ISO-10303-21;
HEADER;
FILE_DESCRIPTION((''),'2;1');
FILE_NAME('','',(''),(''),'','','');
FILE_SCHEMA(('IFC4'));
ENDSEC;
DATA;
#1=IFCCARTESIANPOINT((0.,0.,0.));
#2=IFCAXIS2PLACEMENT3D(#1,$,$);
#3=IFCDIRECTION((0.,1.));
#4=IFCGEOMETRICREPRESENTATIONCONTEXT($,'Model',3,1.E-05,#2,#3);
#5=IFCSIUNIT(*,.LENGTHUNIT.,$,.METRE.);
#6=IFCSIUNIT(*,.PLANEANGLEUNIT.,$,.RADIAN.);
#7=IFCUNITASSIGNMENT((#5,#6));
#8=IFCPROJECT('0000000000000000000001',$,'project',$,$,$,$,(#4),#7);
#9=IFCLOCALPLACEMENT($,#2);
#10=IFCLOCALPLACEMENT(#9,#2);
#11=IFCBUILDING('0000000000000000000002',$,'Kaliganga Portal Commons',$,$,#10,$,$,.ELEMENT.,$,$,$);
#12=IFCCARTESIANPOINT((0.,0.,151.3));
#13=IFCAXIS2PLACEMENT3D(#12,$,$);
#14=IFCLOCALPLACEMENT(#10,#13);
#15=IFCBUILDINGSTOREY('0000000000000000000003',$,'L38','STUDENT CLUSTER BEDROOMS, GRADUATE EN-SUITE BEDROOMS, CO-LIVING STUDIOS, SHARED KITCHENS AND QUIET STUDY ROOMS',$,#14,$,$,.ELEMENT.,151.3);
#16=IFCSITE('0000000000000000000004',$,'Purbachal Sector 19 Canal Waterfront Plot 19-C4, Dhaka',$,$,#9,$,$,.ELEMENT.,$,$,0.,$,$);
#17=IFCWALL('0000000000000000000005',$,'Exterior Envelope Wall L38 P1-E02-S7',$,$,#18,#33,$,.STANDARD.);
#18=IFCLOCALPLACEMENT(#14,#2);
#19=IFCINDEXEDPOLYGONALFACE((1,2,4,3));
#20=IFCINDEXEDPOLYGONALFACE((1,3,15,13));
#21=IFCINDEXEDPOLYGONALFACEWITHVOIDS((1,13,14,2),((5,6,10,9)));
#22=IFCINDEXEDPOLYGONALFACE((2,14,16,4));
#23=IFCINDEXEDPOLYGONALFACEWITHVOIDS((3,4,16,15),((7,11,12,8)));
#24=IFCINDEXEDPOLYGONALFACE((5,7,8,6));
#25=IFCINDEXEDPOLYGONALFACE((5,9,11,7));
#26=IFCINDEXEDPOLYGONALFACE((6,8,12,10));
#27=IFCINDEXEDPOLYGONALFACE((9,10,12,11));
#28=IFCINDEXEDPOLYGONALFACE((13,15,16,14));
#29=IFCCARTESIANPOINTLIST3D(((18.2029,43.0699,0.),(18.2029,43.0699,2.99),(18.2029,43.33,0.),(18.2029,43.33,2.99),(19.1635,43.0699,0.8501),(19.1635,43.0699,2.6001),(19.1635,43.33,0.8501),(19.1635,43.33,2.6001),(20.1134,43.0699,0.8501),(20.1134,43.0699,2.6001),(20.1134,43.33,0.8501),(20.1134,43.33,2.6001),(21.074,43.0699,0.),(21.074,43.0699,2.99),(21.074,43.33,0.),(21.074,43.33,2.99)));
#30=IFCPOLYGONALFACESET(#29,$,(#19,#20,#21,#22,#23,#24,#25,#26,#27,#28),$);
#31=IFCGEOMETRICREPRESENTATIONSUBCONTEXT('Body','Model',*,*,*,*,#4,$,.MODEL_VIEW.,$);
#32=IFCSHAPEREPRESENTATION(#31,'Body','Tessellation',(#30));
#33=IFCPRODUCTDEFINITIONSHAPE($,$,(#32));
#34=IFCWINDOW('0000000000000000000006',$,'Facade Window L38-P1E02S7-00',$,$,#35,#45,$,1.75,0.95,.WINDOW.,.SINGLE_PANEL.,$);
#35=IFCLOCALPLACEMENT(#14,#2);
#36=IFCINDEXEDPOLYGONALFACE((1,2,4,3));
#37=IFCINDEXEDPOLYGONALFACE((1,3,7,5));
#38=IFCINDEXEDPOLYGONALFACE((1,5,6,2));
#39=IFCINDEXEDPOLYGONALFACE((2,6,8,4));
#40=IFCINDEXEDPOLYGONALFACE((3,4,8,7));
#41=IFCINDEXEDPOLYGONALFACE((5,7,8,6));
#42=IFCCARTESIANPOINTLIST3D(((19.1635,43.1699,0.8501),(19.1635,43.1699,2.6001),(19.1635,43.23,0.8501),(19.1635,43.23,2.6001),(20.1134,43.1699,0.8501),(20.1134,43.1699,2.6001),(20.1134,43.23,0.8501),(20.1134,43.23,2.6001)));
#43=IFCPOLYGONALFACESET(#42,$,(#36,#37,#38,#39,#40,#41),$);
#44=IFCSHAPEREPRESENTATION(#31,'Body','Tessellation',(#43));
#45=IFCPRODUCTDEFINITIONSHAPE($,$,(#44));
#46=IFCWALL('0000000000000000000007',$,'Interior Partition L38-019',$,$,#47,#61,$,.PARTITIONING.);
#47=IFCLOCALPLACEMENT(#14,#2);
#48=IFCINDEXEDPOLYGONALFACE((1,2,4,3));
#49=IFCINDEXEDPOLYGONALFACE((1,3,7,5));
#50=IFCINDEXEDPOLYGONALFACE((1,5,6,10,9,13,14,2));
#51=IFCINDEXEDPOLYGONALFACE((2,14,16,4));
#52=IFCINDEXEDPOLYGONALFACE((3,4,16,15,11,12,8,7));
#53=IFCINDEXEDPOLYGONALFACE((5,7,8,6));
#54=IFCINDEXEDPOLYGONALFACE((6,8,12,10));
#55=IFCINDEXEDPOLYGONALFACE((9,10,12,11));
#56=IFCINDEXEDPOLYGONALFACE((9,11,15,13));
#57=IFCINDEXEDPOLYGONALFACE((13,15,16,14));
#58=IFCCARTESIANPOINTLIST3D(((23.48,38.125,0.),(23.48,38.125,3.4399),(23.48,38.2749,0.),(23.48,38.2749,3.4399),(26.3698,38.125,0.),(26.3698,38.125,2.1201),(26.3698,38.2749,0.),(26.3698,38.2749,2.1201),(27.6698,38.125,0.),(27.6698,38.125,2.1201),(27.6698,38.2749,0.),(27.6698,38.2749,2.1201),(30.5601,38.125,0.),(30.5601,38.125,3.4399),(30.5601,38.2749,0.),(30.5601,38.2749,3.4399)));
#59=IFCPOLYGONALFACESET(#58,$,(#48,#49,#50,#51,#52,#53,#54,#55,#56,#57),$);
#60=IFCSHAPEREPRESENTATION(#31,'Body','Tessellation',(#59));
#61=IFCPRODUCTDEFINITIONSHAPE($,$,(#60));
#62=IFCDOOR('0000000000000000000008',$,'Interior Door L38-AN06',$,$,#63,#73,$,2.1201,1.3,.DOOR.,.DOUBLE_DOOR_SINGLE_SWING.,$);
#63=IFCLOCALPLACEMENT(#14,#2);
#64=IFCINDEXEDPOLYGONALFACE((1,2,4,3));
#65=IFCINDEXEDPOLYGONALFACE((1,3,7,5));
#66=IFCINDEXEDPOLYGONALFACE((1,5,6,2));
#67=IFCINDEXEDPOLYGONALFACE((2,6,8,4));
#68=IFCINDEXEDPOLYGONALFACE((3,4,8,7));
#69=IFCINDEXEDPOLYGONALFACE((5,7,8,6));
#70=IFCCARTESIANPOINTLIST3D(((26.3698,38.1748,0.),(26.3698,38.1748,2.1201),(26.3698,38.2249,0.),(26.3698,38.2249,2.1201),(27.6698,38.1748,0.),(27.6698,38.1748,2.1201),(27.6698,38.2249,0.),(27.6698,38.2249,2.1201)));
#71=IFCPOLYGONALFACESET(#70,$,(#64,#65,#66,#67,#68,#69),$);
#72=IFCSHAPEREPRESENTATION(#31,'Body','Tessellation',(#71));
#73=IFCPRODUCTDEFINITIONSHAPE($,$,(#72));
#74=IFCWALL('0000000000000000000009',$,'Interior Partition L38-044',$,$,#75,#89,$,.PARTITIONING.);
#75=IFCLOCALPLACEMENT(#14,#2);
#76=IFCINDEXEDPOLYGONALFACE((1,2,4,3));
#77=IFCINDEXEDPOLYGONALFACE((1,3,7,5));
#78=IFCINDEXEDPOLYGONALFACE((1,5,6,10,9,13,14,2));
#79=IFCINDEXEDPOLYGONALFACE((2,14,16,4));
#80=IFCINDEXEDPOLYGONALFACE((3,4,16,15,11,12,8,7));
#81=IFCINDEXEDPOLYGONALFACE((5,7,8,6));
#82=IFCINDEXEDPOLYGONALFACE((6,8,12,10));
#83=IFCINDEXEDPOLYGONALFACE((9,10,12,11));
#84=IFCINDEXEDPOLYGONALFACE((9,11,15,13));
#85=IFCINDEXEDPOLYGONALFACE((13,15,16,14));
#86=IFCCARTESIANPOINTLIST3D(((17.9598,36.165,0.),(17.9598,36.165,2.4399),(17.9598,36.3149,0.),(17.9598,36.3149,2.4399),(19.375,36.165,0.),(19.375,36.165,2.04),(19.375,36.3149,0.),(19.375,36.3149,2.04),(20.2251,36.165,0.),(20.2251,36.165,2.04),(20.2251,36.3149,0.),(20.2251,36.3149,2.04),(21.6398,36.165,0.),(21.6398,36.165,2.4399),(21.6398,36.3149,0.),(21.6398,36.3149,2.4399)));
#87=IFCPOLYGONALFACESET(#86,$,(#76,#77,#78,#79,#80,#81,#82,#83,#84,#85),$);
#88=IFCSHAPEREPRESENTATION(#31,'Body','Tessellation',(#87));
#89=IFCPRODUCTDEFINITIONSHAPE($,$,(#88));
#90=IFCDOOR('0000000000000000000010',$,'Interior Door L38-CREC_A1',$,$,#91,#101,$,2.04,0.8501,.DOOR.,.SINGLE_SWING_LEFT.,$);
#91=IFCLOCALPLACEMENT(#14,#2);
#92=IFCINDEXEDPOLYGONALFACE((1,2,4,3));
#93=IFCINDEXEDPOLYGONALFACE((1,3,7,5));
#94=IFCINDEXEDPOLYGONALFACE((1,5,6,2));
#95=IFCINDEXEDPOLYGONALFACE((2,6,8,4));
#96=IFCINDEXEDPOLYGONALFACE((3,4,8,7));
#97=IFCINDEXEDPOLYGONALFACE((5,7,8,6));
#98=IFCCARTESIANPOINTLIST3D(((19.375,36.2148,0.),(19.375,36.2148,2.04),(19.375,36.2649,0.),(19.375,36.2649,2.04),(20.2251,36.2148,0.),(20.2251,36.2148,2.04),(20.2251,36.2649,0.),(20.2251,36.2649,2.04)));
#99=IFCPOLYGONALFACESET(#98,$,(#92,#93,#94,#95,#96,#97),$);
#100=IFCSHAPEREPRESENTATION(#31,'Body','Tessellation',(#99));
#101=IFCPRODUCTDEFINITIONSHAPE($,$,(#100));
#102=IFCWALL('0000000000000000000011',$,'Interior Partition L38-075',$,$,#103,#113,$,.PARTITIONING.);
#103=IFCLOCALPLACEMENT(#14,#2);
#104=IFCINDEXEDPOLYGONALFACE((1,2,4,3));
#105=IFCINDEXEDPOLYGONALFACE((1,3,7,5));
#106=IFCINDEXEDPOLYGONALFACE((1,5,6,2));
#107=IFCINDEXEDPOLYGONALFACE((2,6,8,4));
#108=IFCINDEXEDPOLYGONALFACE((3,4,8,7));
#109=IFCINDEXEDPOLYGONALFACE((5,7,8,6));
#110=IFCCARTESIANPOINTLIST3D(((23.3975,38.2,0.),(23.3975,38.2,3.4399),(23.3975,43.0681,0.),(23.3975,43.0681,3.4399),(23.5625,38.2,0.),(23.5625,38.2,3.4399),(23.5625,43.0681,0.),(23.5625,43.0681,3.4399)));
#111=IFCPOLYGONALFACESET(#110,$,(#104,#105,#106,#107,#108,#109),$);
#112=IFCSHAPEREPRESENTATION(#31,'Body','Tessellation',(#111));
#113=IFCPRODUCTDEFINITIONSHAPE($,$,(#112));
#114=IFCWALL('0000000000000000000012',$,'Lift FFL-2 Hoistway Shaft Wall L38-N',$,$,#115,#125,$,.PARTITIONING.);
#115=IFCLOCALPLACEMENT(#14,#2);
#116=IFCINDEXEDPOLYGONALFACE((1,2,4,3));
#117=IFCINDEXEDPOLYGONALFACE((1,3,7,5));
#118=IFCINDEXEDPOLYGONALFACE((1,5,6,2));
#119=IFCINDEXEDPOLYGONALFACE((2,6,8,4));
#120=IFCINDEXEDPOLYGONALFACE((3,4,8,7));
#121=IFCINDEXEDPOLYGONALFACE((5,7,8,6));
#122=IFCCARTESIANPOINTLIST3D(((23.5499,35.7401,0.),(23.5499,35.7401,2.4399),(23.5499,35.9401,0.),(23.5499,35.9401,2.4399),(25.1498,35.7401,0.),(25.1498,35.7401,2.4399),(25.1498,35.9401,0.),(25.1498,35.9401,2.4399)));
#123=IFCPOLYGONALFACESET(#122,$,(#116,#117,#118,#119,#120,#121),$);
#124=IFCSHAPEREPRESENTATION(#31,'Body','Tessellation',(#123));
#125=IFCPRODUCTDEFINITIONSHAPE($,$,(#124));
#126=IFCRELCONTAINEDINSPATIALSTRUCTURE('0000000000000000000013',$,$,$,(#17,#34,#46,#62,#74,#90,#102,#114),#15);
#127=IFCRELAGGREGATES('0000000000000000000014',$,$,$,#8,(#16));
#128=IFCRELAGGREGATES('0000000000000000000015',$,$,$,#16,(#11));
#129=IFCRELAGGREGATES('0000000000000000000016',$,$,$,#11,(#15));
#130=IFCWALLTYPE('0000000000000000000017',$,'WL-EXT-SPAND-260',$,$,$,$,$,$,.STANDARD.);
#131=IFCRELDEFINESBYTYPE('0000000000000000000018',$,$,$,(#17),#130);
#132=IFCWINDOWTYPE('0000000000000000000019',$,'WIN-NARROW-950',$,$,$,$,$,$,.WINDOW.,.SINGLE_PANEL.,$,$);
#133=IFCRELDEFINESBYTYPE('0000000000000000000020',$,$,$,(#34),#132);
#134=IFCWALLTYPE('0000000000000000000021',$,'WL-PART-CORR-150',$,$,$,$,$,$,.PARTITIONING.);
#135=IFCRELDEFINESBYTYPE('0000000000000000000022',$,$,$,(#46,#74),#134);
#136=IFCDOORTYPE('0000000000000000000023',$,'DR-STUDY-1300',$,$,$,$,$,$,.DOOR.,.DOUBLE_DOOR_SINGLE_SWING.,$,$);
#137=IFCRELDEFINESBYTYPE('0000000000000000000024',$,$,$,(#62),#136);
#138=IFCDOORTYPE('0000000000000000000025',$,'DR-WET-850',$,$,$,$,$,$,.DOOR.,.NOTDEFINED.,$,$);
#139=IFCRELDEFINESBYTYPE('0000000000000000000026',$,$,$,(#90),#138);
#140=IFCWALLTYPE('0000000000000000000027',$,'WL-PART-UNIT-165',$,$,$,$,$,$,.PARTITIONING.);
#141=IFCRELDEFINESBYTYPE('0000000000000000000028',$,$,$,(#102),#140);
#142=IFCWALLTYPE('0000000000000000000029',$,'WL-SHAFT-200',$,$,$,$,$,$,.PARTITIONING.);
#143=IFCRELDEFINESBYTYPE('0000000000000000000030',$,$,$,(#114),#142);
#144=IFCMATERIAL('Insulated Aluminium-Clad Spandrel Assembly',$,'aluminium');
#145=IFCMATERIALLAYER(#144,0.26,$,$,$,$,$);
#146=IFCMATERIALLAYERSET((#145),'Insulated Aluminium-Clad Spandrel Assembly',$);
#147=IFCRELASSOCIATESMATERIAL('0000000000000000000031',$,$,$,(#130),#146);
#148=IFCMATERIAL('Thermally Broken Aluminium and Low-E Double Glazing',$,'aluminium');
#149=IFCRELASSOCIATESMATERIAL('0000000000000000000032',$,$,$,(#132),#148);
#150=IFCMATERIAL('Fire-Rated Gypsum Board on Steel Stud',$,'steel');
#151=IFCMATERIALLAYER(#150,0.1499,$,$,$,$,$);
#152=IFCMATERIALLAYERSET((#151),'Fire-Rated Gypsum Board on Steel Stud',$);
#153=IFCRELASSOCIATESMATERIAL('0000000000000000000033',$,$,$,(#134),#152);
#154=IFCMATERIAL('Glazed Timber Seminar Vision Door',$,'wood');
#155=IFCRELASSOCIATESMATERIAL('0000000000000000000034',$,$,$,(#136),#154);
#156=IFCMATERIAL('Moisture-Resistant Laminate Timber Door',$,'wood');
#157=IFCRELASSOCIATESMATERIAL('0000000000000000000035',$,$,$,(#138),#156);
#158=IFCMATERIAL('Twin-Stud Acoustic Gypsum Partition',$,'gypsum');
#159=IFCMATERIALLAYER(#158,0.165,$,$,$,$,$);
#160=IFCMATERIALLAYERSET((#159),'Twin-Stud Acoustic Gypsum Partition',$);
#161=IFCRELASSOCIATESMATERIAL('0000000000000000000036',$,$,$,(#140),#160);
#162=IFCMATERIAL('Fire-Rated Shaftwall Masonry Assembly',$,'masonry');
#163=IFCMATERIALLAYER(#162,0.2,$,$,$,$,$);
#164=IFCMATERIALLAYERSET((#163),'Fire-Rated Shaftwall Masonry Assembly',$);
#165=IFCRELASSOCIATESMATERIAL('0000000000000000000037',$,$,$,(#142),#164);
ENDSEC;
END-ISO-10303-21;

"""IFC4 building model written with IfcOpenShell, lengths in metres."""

from ifc_helpers import new_model, si_unit, direction, frame, frame_2d, origin, place, context, subcontext, project, spatial, rectangle, extrude, material, layer, layer_set, type_object, element, fill, save


model = new_model("IFC4")

# Units and contexts
model_context = context("Model", 3, precision=1e-05, world=origin(), true_north=direction((0.0, 1.0)))
body_context = subcontext(model_context, "Body", "Model", "MODEL_VIEW")
ifc_project = project(units=[si_unit("LENGTHUNIT", "METRE"), si_unit("PLANEANGLEUNIT", "RADIAN")], contexts=[model_context])

# Site, building, storey
site_placement = place(None, origin())
site = spatial("IfcSite", under=ifc_project, at=site_placement, Name="Purbachal Sector 19 Canal Waterfront Plot 19-C4, Dhaka", CompositionType="ELEMENT", RefElevation=0.0)
building_placement = place(site_placement, origin())
building = spatial("IfcBuilding", under=site, at=building_placement, Name="Kaliganga Portal Commons", CompositionType="ELEMENT")
storey_placement = place(building_placement, frame((0.0, 0.0, 151.3)))
storey = spatial("IfcBuildingStorey", under=building, at=storey_placement, Name="L38", Description="STUDENT CLUSTER BEDROOMS, GRADUATE EN-SUITE BEDROOMS, CO-LIVING STUDIOS, SHARED KITCHENS AND QUIET STUDY ROOMS", CompositionType="ELEMENT", Elevation=151.3)

# Wall, opening, window
ifc_material_1 = material(Name="Insulated Aluminium-Clad Spandrel Assembly", Category="aluminium")
ifc_layer_1 = layer(ifc_material_1, 0.26)
ifc_layer_set_1 = layer_set([ifc_layer_1], Name="Insulated Aluminium-Clad Spandrel Assembly")
wall_type_1 = type_object("IfcWallType", Name="WL-EXT-SPAND-260", PredefinedType="STANDARD", material=ifc_layer_set_1)
ifc_material_2 = material(Name="Thermally Broken Aluminium and Low-E Double Glazing", Category="aluminium")
window_type = type_object("IfcWindowType", Name="WIN-NARROW-950", PartitioningType="SINGLE_PANEL", PredefinedType="WINDOW", material=ifc_material_2)
wall_1_placement = place(storey_placement, frame((18.2029, 43.2, 0.0), z_axis=(0.0, 0.0, 1.0), x_axis=(1.0, 0.0, 0.0)))
wall_1 = element("IfcWall", 1, at=wall_1_placement, inside=storey, type_object=wall_type_1, Name="Exterior Envelope Wall L38 P1-E02-S7", PredefinedType="STANDARD", context=body_context, shape_type="SweptSolid", body=[
    extrude(rectangle(XDim=2.8711, YDim=0.26, at=frame_2d((1.4355, 0.0))), origin(), (0.0, 0.0, 1.0), 2.99),
])
opening_1_placement = place(wall_1_placement, frame((0.9604, 0.0, 0.8501)))
opening_1 = element("IfcOpeningElement", 2, at=opening_1_placement, cuts=wall_1, PredefinedType="OPENING", context=body_context, shape_type="SweptSolid", body=[
    extrude(rectangle(XDim=0.95, YDim=1.75, at=frame_2d((0.4751, 0.875))), frame((0.0, 0.1401, 0.0), z_axis=(0.0, -1.0, 0.0), x_axis=(1.0, 0.0, 0.0)), (0.0, 0.0, 1.0), 0.28),
])
window_1_placement = place(opening_1_placement, origin())
window_1 = element("IfcWindow", 3, at=window_1_placement, inside=storey, type_object=window_type, Name="Facade Window L38-P1E02S7-00", OverallHeight=1.75, OverallWidth=0.95, PartitioningType="SINGLE_PANEL", PredefinedType="WINDOW", context=body_context, shape_type="SweptSolid", body=[
    extrude(rectangle(XDim=0.95, YDim=1.75, at=frame_2d((0.4751, 0.875))), frame((0.0, 0.03, 0.0), z_axis=(0.0, -1.0, 0.0), x_axis=(1.0, 0.0, 0.0)), (0.0, 0.0, 1.0), 0.0601),
])
fill(opening_1, window_1)

# Walls, openings, doors
ifc_material_3 = material(Name="Fire-Rated Gypsum Board on Steel Stud", Category="steel")
ifc_layer_2 = layer(ifc_material_3, 0.1499)
ifc_layer_set_2 = layer_set([ifc_layer_2], Name="Fire-Rated Gypsum Board on Steel Stud")
wall_type_2 = type_object("IfcWallType", Name="WL-PART-CORR-150", PredefinedType="PARTITIONING", material=ifc_layer_set_2)
wall_2_placement = place(storey_placement, frame((23.48, 38.2, 0.0), z_axis=(0.0, 0.0, 1.0), x_axis=(1.0, 0.0, 0.0)))
wall_2 = element("IfcWall", 4, at=wall_2_placement, inside=storey, type_object=wall_type_2, Name="Interior Partition L38-019", PredefinedType="PARTITIONING", context=body_context, shape_type="SweptSolid", body=[
    extrude(rectangle(XDim=7.0801, YDim=0.1499, at=frame_2d((3.54, 0.0))), origin(), (0.0, 0.0, 1.0), 3.4399),
])
opening_2_placement = place(wall_2_placement, frame((2.8899, 0.0, 0.0)))
opening_2 = element("IfcOpeningElement", 5, at=opening_2_placement, cuts=wall_2, PredefinedType="OPENING", context=body_context, shape_type="SweptSolid", body=[
    extrude(rectangle(XDim=1.3, YDim=2.1201, at=frame_2d((0.6499, 1.0601))), frame((0.0, 0.085, 0.0), z_axis=(0.0, -1.0, 0.0), x_axis=(1.0, 0.0, 0.0)), (0.0, 0.0, 1.0), 0.1699),
])
ifc_material_4 = material(Name="Glazed Timber Seminar Vision Door", Category="wood")
door_type_1 = type_object("IfcDoorType", Name="DR-STUDY-1300", OperationType="DOUBLE_DOOR_SINGLE_SWING", PredefinedType="DOOR", material=ifc_material_4)
door_1_placement = place(opening_2_placement, origin())
door_1 = element("IfcDoor", 6, at=door_1_placement, inside=storey, type_object=door_type_1, Name="Interior Door L38-AN06", OperationType="DOUBLE_DOOR_SINGLE_SWING", OverallHeight=2.1201, OverallWidth=1.3, PredefinedType="DOOR", context=body_context, shape_type="SweptSolid", body=[
    extrude(rectangle(XDim=1.3, YDim=2.1201, at=frame_2d((0.6499, 1.0601))), frame((0.0, 0.0249, 0.0), z_axis=(0.0, -1.0, 0.0), x_axis=(1.0, 0.0, 0.0)), (0.0, 0.0, 1.0), 0.05),
])
fill(opening_2, door_1)
wall_3_placement = place(storey_placement, frame((17.96, 36.24, 0.0), z_axis=(0.0, 0.0, 1.0), x_axis=(1.0, 0.0, 0.0)))
wall_3 = element("IfcWall", 7, at=wall_3_placement, inside=storey, type_object=wall_type_2, Name="Interior Partition L38-044", PredefinedType="PARTITIONING", context=body_context, shape_type="SweptSolid", body=[
    extrude(rectangle(XDim=3.6799, YDim=0.1499, at=frame_2d((1.8398, 0.0))), origin(), (0.0, 0.0, 1.0), 2.4399),
])
opening_3_placement = place(wall_3_placement, frame((1.415, 0.0, 0.0)))
opening_3 = element("IfcOpeningElement", 8, at=opening_3_placement, cuts=wall_3, PredefinedType="OPENING", context=body_context, shape_type="SweptSolid", body=[
    extrude(rectangle(XDim=0.8501, YDim=2.04, at=frame_2d((0.425, 1.02))), frame((0.0, 0.085, 0.0), z_axis=(0.0, -1.0, 0.0), x_axis=(1.0, 0.0, 0.0)), (0.0, 0.0, 1.0), 0.1699),
])
ifc_material_5 = material(Name="Moisture-Resistant Laminate Timber Door", Category="wood")
door_type_2 = type_object("IfcDoorType", Name="DR-WET-850", OperationType="NOTDEFINED", PredefinedType="DOOR", material=ifc_material_5)
door_2_placement = place(opening_3_placement, origin())
door_2 = element("IfcDoor", 9, at=door_2_placement, inside=storey, type_object=door_type_2, Name="Interior Door L38-CREC_A1", OperationType="SINGLE_SWING_LEFT", OverallHeight=2.04, OverallWidth=0.8501, PredefinedType="DOOR", context=body_context, shape_type="SweptSolid", body=[
    extrude(rectangle(XDim=0.8501, YDim=2.04, at=frame_2d((0.425, 1.02))), frame((0.0, 0.0249, 0.0), z_axis=(0.0, -1.0, 0.0), x_axis=(1.0, 0.0, 0.0)), (0.0, 0.0, 1.0), 0.05),
])
fill(opening_3, door_2)

# Walls
ifc_material_6 = material(Name="Twin-Stud Acoustic Gypsum Partition", Category="gypsum")
ifc_layer_3 = layer(ifc_material_6, 0.165)
ifc_layer_set_3 = layer_set([ifc_layer_3], Name="Twin-Stud Acoustic Gypsum Partition")
wall_type_3 = type_object("IfcWallType", Name="WL-PART-UNIT-165", PredefinedType="PARTITIONING", material=ifc_layer_set_3)
wall_4_placement = place(storey_placement, frame((23.48, 38.2, 0.0), z_axis=(0.0, 0.0, 1.0), x_axis=(0.0, 1.0, 0.0)))
element("IfcWall", 10, at=wall_4_placement, inside=storey, type_object=wall_type_3, Name="Interior Partition L38-075", PredefinedType="PARTITIONING", context=body_context, shape_type="SweptSolid", body=[
    extrude(rectangle(XDim=4.8682, YDim=0.165, at=frame_2d((2.4341, 0.0))), origin(), (0.0, 0.0, 1.0), 3.4399),
])
ifc_material_7 = material(Name="Fire-Rated Shaftwall Masonry Assembly", Category="masonry")
ifc_layer_4 = layer(ifc_material_7, 0.2)
ifc_layer_set_4 = layer_set([ifc_layer_4], Name="Fire-Rated Shaftwall Masonry Assembly")
wall_type_4 = type_object("IfcWallType", Name="WL-SHAFT-200", PredefinedType="PARTITIONING", material=ifc_layer_set_4)
wall_5_placement = place(storey_placement, frame((23.55, 35.8401, 0.0), z_axis=(0.0, 0.0, 1.0), x_axis=(1.0, 0.0, 0.0)))
element("IfcWall", 11, at=wall_5_placement, inside=storey, type_object=wall_type_4, Name="Lift FFL-2 Hoistway Shaft Wall L38-N", PredefinedType="PARTITIONING", context=body_context, shape_type="SweptSolid", body=[
    extrude(rectangle(XDim=1.5999, YDim=0.2, at=frame_2d((0.7998, 0.0))), origin(), (0.0, 0.0, 1.0), 2.4399),
])

save(model, "model.ifc")
